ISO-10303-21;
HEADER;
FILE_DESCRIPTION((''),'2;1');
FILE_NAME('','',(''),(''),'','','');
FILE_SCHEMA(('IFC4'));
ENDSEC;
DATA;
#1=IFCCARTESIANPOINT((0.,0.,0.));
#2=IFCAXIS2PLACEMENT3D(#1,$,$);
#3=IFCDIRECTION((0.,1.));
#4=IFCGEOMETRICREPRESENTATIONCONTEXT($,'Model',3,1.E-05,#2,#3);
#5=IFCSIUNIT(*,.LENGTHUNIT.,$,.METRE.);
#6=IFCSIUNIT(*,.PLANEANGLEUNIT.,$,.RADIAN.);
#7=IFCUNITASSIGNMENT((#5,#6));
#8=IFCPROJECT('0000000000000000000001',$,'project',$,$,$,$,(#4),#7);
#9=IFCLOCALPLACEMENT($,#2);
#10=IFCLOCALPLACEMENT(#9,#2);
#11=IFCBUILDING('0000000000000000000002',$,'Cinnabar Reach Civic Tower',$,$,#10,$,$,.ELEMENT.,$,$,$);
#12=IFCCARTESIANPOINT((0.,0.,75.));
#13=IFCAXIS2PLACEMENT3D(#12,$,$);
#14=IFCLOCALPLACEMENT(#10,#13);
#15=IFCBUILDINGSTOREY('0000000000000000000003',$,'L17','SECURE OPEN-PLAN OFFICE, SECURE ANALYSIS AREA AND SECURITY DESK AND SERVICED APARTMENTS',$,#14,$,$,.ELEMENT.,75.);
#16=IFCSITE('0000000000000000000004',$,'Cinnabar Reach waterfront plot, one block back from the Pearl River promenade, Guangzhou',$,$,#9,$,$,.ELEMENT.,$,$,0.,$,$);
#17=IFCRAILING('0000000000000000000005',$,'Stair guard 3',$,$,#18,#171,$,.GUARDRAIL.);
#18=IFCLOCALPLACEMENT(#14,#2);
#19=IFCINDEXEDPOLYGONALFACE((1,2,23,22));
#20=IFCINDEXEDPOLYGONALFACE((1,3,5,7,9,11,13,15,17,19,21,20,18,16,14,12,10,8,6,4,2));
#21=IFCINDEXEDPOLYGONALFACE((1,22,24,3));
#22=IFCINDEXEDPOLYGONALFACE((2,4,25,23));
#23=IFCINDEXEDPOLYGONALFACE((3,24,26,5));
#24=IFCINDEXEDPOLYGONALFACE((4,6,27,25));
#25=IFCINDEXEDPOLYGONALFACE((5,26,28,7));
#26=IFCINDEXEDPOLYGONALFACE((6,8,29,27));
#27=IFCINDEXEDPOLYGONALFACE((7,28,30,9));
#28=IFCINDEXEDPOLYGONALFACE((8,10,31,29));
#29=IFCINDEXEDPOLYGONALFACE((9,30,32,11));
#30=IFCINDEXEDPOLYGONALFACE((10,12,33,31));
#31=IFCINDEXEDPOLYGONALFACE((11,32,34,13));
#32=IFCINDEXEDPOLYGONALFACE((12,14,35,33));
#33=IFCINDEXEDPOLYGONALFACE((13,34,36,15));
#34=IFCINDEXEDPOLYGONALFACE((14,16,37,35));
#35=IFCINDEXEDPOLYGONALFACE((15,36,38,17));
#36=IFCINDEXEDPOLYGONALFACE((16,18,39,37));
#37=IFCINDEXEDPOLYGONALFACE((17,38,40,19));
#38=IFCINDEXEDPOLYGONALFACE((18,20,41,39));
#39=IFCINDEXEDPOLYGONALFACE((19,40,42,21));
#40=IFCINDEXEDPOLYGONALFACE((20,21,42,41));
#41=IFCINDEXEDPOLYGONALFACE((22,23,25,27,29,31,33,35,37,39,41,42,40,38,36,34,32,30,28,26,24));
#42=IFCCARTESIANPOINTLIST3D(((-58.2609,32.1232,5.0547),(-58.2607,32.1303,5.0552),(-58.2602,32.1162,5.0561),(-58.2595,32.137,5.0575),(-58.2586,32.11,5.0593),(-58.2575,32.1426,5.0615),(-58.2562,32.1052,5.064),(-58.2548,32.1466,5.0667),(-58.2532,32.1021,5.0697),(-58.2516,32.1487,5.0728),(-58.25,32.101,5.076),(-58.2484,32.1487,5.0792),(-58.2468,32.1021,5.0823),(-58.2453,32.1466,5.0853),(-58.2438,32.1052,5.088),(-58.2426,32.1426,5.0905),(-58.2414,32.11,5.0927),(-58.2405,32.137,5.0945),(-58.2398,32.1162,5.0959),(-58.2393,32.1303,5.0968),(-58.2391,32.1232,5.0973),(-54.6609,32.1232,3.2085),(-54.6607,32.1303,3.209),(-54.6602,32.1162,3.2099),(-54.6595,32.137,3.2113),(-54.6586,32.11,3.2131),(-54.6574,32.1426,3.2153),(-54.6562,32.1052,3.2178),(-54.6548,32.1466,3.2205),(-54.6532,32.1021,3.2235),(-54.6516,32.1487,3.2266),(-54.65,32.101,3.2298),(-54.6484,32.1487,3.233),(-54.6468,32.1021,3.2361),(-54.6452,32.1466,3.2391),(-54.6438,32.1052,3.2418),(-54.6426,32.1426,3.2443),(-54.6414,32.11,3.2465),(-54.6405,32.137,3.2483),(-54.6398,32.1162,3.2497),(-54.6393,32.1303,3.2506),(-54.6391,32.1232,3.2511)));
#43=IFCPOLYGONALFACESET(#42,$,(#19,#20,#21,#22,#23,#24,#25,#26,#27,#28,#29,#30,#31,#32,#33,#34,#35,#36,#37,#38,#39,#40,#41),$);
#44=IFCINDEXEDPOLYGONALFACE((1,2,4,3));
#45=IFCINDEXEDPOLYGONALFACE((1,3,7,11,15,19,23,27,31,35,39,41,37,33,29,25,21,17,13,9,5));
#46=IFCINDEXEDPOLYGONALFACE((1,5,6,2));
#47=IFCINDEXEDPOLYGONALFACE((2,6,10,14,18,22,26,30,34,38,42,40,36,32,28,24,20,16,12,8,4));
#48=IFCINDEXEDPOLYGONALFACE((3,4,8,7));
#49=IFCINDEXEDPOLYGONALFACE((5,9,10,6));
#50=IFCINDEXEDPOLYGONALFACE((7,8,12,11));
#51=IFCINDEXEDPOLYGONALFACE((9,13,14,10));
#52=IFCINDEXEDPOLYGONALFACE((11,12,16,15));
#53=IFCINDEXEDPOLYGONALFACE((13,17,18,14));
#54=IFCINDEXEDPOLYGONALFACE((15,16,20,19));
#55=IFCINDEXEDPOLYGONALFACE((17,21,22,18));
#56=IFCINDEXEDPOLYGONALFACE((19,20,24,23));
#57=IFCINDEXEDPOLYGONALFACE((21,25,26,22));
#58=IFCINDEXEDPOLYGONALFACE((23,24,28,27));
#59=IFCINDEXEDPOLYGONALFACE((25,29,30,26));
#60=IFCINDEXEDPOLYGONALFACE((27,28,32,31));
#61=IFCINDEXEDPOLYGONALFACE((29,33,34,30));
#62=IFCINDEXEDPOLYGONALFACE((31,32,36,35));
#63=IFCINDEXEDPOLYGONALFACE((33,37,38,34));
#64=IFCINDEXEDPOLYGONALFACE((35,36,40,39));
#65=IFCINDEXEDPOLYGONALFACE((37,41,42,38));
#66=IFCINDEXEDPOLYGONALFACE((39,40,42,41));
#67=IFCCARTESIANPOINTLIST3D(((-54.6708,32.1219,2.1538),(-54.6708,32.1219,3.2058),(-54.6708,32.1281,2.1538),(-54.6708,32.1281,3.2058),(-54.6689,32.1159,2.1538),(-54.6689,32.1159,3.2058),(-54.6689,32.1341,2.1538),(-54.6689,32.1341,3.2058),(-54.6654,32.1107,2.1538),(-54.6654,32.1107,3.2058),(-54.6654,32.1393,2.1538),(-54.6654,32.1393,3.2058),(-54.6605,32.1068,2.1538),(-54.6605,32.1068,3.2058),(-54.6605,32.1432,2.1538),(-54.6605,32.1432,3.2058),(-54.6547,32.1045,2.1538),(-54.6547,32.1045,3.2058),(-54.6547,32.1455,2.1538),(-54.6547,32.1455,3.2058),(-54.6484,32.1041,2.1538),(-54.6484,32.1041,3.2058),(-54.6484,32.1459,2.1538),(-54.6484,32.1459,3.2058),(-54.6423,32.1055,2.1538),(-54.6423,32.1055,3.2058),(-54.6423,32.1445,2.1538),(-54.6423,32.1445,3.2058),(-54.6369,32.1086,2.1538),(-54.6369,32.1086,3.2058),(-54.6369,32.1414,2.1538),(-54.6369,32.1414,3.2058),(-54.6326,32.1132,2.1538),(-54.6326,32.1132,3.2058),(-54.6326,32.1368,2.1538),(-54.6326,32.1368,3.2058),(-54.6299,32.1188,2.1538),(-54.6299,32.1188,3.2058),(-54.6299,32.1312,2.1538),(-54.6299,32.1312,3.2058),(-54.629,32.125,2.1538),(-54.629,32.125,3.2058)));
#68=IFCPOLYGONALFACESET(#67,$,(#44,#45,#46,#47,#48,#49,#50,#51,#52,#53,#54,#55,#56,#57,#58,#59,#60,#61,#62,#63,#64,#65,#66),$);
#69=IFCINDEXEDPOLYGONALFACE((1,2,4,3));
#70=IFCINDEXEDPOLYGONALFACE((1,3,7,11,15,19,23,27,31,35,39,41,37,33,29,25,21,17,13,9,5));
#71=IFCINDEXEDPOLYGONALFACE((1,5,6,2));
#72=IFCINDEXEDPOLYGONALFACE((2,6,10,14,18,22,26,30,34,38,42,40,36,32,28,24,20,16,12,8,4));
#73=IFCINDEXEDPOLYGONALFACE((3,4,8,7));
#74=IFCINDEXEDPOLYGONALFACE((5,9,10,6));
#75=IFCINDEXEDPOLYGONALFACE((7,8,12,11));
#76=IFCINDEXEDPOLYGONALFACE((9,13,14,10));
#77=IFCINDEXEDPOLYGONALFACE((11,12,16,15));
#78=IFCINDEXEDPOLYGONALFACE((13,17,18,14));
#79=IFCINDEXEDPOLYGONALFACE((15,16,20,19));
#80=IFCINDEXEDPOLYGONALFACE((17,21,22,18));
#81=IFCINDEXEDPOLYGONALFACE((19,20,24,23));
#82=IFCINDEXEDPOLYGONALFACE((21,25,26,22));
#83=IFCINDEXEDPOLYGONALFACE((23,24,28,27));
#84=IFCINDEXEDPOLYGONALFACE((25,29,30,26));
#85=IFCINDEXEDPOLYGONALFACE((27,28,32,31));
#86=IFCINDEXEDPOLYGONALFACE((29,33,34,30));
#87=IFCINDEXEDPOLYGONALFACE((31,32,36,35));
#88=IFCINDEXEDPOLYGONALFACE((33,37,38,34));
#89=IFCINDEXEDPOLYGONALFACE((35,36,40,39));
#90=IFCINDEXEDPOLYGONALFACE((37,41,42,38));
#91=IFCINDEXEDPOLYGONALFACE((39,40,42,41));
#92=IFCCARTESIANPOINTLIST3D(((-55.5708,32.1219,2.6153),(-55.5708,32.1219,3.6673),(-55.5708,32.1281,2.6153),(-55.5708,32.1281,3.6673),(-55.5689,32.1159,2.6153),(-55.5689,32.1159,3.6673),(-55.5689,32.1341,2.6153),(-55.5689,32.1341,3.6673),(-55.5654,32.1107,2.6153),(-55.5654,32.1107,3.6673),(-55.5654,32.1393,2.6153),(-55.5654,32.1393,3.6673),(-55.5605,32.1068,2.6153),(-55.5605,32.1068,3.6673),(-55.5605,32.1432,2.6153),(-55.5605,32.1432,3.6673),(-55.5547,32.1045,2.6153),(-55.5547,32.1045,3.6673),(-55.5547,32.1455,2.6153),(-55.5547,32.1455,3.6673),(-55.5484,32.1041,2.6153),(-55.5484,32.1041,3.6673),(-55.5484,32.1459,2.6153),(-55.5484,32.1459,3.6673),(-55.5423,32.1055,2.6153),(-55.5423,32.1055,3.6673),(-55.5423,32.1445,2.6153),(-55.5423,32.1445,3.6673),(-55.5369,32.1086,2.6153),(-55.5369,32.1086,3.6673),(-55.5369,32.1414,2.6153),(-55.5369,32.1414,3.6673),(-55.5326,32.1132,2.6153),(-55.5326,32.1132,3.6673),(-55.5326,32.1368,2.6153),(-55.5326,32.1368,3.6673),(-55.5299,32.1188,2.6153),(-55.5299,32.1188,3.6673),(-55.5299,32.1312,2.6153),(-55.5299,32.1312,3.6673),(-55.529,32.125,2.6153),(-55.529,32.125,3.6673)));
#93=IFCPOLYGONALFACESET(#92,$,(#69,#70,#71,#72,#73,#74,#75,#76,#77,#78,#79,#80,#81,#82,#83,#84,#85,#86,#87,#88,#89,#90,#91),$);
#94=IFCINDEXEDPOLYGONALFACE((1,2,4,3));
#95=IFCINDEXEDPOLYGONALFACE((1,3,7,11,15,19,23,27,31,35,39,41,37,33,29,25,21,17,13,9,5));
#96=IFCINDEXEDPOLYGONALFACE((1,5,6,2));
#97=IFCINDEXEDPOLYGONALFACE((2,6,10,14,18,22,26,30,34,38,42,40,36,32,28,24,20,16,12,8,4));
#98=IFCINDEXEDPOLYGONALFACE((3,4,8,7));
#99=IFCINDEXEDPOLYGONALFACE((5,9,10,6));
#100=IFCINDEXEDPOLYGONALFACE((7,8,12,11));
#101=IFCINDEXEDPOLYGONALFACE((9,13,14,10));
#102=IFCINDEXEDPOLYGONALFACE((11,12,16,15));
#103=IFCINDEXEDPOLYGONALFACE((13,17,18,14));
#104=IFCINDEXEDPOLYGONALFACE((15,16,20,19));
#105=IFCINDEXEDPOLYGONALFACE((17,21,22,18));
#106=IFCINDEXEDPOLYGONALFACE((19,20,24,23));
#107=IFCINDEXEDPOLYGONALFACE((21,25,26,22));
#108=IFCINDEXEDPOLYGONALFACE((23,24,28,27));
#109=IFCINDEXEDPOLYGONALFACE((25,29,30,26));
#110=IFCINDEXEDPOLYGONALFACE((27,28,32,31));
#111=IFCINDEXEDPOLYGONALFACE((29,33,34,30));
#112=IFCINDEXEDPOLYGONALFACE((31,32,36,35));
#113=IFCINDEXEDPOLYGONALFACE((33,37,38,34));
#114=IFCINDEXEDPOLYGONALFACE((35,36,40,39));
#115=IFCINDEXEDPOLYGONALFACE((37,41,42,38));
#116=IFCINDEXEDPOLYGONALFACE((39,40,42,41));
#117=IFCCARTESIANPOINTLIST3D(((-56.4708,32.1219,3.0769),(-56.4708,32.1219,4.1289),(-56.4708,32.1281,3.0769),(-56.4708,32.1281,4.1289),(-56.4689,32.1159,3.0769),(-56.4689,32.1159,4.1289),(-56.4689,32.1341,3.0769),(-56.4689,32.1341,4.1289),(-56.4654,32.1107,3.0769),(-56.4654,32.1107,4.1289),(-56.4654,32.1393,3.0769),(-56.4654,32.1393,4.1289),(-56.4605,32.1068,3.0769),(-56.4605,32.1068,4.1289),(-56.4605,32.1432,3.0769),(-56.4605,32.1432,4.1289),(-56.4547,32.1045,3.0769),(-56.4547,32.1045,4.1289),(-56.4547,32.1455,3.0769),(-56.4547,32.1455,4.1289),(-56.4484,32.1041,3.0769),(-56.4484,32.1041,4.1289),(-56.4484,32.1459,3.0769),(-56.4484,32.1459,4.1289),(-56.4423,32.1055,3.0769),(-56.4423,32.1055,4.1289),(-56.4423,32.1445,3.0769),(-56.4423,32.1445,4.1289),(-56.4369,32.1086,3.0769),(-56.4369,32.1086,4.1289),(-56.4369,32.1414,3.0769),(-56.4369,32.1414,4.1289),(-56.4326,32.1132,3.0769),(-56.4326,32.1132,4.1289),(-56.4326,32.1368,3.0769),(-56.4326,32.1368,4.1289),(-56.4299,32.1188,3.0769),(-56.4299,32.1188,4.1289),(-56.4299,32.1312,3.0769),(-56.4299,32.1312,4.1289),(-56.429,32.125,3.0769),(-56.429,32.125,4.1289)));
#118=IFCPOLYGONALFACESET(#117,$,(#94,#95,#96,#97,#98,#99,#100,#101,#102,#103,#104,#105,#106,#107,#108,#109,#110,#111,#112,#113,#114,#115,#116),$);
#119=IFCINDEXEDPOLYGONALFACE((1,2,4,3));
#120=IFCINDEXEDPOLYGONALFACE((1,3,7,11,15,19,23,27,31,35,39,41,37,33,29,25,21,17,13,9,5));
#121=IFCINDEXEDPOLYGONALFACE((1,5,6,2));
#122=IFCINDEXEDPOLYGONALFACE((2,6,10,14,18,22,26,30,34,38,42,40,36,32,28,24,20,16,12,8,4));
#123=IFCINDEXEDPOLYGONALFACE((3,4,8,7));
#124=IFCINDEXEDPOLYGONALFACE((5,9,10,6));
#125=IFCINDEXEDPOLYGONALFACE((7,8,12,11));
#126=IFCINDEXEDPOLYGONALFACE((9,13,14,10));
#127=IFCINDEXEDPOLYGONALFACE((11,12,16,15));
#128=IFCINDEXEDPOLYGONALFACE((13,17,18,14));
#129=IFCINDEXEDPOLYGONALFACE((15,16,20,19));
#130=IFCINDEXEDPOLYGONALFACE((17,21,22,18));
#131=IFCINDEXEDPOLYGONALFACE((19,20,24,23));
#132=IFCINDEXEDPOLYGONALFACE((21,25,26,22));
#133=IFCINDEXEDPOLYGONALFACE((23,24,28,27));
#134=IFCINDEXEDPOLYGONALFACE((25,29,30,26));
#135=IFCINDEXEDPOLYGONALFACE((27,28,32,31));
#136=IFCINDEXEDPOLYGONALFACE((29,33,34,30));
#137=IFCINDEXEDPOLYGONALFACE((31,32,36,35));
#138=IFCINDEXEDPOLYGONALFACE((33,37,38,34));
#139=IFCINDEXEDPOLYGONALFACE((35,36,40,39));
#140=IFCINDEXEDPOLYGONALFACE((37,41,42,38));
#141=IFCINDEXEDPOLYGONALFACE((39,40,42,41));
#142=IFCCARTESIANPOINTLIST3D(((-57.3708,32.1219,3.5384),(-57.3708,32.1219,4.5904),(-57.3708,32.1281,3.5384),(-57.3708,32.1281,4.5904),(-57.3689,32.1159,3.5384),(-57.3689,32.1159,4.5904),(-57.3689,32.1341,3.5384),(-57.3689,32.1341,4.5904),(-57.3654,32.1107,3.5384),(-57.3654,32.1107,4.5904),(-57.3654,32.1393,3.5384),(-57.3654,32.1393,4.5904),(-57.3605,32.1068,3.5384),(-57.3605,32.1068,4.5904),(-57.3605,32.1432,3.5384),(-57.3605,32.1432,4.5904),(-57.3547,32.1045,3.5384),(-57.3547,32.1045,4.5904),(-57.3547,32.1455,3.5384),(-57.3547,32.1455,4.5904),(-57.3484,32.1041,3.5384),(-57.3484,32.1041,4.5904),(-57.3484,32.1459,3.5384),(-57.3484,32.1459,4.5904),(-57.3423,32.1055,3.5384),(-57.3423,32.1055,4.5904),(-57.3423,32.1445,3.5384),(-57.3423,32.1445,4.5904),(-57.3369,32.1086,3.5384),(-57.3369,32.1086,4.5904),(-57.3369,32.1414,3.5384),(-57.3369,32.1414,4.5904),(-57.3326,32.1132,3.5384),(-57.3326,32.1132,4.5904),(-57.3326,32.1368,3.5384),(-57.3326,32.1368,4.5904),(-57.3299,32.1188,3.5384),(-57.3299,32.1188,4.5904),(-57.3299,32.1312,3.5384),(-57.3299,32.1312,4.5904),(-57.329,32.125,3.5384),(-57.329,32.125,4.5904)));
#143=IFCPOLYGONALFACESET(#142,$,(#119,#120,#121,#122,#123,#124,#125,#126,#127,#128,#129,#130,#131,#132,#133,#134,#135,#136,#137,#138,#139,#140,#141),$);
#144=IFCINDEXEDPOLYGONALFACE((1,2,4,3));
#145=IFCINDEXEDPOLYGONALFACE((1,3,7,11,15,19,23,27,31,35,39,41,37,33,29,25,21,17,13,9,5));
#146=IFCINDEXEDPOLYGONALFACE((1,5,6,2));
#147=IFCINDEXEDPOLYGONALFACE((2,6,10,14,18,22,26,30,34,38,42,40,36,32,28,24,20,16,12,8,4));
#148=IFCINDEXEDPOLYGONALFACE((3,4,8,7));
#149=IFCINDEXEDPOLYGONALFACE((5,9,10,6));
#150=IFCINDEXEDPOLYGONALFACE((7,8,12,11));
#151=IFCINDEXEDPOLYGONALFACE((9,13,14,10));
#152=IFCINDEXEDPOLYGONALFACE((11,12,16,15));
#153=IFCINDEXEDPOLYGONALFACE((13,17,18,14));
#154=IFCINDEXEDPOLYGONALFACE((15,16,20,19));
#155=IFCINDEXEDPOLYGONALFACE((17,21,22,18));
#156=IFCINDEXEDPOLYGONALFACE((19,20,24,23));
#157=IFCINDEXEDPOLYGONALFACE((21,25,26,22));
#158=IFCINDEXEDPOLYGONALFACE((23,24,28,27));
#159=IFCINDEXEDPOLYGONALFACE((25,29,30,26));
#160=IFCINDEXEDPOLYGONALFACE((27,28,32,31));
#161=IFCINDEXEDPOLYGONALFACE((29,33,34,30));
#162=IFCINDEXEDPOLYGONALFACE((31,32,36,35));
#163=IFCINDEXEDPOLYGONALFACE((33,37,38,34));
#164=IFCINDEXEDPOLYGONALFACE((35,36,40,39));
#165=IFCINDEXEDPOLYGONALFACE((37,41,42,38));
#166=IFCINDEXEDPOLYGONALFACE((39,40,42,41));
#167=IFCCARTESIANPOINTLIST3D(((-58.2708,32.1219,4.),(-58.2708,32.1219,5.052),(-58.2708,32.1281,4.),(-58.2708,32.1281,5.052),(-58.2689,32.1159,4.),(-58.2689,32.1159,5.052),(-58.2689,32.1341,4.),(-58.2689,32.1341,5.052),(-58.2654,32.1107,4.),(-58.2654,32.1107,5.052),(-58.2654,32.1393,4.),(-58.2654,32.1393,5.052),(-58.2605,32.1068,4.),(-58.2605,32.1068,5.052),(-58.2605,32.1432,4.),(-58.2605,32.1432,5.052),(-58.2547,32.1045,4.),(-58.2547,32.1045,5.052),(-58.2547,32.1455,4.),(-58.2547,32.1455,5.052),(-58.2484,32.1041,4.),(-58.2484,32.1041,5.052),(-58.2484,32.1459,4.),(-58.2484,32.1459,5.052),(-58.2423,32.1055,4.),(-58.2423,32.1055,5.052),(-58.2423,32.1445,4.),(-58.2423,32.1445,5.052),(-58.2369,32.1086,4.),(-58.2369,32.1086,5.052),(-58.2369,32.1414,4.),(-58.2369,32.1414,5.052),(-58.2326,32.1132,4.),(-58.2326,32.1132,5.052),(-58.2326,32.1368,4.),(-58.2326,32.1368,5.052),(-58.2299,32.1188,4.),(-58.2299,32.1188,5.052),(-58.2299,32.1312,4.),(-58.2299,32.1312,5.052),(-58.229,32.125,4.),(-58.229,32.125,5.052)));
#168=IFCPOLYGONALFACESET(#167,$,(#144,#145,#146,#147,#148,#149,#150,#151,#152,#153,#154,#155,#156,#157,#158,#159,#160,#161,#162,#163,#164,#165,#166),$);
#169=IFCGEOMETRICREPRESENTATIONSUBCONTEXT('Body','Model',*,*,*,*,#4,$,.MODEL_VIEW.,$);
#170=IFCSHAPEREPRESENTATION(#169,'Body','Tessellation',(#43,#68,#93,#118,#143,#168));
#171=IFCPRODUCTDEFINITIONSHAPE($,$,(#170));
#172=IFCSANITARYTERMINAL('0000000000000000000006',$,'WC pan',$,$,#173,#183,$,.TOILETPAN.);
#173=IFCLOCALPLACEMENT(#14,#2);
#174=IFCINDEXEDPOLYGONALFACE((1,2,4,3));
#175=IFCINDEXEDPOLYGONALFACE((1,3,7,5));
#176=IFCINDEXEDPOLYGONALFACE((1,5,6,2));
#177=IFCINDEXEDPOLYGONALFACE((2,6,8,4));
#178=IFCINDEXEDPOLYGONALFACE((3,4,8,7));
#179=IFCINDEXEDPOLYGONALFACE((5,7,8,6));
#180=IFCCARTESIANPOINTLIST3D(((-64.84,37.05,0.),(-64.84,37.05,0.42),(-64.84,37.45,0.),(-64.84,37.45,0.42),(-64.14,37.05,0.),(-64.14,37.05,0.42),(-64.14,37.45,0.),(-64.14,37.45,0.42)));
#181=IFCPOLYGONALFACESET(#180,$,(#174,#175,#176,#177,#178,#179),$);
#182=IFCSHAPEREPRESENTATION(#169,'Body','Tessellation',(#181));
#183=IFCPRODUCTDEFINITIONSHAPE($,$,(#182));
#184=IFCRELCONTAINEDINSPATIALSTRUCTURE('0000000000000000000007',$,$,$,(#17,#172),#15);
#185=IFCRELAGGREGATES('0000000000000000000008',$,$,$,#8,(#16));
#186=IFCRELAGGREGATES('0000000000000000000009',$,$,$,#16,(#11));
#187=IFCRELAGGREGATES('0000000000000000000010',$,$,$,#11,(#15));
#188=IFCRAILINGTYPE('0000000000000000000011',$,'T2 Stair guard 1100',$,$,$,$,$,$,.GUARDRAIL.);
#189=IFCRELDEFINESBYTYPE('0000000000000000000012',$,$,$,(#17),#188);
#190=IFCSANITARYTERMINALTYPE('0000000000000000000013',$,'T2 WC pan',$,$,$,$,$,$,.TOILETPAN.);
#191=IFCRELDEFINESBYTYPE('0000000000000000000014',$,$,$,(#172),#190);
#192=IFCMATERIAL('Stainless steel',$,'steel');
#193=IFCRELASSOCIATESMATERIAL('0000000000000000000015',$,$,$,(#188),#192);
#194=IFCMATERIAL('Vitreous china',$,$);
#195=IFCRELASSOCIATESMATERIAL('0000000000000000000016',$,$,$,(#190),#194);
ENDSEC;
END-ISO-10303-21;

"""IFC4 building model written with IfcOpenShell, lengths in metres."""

from ifc_helpers import new_model, si_unit, direction, frame, origin, origin_2d, place, context, subcontext, project, spatial, rectangle, circle, extrude, material, type_object, element, save


model = new_model("IFC4")

# Units and contexts
model_context = context("Model", 3, precision=1e-05, world=origin(), true_north=direction((0.0, 1.0)))
body_context = subcontext(model_context, "Body", "Model", "MODEL_VIEW")
ifc_project = project(units=[si_unit("LENGTHUNIT", "METRE"), si_unit("PLANEANGLEUNIT", "RADIAN")], contexts=[model_context])

# Site, building, storey
site_placement = place(None, origin())
site = spatial("IfcSite", under=ifc_project, at=site_placement, Name="Cinnabar Reach waterfront plot, one block back from the Pearl River promenade, Guangzhou", CompositionType="ELEMENT", RefElevation=0.0)
building_placement = place(site_placement, origin())
building = spatial("IfcBuilding", under=site, at=building_placement, Name="Cinnabar Reach Civic Tower", CompositionType="ELEMENT")
storey_placement = place(building_placement, frame((0.0, 0.0, 75.0)))
storey = spatial("IfcBuildingStorey", under=building, at=storey_placement, Name="L17", Description="SECURE OPEN-PLAN OFFICE, SECURE ANALYSIS AREA AND SECURITY DESK AND SERVICED APARTMENTS", CompositionType="ELEMENT", Elevation=75.0)

# Railing
ifc_material_1 = material(Name="Stainless steel", Category="steel")
railing_type = type_object("IfcRailingType", Name="T2 Stair guard 1100", PredefinedType="GUARDRAIL", material=ifc_material_1)
railing_1_placement = place(storey_placement, frame((-54.65, 32.125, 2.1538)))
element("IfcRailing", 1, at=railing_1_placement, inside=storey, type_object=railing_type, Name="Stair guard 3", PredefinedType="GUARDRAIL", context=body_context, shape_type="SweptSolid", body=[
    extrude(circle(Radius=0.024, at=origin_2d()), frame((0.0, 0.0, 1.076), z_axis=(-0.889813, 0.0, 0.456326), x_axis=(0.0, -1.0, 0.0)), (0.0, 0.0, 1.0), 4.0458),
    extrude(circle(Radius=0.021, at=origin_2d()), origin(), (0.0, 0.0, 1.0), 1.052),
    extrude(circle(Radius=0.021, at=origin_2d()), frame((-0.9, 0.0, 0.4615)), (0.0, 0.0, 1.0), 1.052),
    extrude(circle(Radius=0.021, at=origin_2d()), frame((-1.8, 0.0, 0.9231)), (0.0, 0.0, 1.0), 1.052),
    extrude(circle(Radius=0.021, at=origin_2d()), frame((-2.7, 0.0, 1.3846)), (0.0, 0.0, 1.0), 1.052),
    extrude(circle(Radius=0.021, at=origin_2d()), frame((-3.6, 0.0, 1.8462)), (0.0, 0.0, 1.0), 1.052),
])

# Sanitary terminal
ifc_material_2 = material(Name="Vitreous china")
sanitary_terminal_type = type_object("IfcSanitaryTerminalType", Name="T2 WC pan", PredefinedType="TOILETPAN", material=ifc_material_2)
sanitary_terminal_placement = place(storey_placement, frame((-64.49, 37.25, 0.0), z_axis=(0.0, 0.0, 1.0), x_axis=(1.0, 0.0, 0.0)))
element("IfcSanitaryTerminal", 2, at=sanitary_terminal_placement, inside=storey, type_object=sanitary_terminal_type, Name="WC pan", PredefinedType="TOILETPAN", context=body_context, shape_type="SweptSolid", body=[
    extrude(rectangle(XDim=0.7, YDim=0.4, at=origin_2d()), origin(), (0.0, 0.0, 1.0), 0.42),
])

save(model, "model.ifc")
